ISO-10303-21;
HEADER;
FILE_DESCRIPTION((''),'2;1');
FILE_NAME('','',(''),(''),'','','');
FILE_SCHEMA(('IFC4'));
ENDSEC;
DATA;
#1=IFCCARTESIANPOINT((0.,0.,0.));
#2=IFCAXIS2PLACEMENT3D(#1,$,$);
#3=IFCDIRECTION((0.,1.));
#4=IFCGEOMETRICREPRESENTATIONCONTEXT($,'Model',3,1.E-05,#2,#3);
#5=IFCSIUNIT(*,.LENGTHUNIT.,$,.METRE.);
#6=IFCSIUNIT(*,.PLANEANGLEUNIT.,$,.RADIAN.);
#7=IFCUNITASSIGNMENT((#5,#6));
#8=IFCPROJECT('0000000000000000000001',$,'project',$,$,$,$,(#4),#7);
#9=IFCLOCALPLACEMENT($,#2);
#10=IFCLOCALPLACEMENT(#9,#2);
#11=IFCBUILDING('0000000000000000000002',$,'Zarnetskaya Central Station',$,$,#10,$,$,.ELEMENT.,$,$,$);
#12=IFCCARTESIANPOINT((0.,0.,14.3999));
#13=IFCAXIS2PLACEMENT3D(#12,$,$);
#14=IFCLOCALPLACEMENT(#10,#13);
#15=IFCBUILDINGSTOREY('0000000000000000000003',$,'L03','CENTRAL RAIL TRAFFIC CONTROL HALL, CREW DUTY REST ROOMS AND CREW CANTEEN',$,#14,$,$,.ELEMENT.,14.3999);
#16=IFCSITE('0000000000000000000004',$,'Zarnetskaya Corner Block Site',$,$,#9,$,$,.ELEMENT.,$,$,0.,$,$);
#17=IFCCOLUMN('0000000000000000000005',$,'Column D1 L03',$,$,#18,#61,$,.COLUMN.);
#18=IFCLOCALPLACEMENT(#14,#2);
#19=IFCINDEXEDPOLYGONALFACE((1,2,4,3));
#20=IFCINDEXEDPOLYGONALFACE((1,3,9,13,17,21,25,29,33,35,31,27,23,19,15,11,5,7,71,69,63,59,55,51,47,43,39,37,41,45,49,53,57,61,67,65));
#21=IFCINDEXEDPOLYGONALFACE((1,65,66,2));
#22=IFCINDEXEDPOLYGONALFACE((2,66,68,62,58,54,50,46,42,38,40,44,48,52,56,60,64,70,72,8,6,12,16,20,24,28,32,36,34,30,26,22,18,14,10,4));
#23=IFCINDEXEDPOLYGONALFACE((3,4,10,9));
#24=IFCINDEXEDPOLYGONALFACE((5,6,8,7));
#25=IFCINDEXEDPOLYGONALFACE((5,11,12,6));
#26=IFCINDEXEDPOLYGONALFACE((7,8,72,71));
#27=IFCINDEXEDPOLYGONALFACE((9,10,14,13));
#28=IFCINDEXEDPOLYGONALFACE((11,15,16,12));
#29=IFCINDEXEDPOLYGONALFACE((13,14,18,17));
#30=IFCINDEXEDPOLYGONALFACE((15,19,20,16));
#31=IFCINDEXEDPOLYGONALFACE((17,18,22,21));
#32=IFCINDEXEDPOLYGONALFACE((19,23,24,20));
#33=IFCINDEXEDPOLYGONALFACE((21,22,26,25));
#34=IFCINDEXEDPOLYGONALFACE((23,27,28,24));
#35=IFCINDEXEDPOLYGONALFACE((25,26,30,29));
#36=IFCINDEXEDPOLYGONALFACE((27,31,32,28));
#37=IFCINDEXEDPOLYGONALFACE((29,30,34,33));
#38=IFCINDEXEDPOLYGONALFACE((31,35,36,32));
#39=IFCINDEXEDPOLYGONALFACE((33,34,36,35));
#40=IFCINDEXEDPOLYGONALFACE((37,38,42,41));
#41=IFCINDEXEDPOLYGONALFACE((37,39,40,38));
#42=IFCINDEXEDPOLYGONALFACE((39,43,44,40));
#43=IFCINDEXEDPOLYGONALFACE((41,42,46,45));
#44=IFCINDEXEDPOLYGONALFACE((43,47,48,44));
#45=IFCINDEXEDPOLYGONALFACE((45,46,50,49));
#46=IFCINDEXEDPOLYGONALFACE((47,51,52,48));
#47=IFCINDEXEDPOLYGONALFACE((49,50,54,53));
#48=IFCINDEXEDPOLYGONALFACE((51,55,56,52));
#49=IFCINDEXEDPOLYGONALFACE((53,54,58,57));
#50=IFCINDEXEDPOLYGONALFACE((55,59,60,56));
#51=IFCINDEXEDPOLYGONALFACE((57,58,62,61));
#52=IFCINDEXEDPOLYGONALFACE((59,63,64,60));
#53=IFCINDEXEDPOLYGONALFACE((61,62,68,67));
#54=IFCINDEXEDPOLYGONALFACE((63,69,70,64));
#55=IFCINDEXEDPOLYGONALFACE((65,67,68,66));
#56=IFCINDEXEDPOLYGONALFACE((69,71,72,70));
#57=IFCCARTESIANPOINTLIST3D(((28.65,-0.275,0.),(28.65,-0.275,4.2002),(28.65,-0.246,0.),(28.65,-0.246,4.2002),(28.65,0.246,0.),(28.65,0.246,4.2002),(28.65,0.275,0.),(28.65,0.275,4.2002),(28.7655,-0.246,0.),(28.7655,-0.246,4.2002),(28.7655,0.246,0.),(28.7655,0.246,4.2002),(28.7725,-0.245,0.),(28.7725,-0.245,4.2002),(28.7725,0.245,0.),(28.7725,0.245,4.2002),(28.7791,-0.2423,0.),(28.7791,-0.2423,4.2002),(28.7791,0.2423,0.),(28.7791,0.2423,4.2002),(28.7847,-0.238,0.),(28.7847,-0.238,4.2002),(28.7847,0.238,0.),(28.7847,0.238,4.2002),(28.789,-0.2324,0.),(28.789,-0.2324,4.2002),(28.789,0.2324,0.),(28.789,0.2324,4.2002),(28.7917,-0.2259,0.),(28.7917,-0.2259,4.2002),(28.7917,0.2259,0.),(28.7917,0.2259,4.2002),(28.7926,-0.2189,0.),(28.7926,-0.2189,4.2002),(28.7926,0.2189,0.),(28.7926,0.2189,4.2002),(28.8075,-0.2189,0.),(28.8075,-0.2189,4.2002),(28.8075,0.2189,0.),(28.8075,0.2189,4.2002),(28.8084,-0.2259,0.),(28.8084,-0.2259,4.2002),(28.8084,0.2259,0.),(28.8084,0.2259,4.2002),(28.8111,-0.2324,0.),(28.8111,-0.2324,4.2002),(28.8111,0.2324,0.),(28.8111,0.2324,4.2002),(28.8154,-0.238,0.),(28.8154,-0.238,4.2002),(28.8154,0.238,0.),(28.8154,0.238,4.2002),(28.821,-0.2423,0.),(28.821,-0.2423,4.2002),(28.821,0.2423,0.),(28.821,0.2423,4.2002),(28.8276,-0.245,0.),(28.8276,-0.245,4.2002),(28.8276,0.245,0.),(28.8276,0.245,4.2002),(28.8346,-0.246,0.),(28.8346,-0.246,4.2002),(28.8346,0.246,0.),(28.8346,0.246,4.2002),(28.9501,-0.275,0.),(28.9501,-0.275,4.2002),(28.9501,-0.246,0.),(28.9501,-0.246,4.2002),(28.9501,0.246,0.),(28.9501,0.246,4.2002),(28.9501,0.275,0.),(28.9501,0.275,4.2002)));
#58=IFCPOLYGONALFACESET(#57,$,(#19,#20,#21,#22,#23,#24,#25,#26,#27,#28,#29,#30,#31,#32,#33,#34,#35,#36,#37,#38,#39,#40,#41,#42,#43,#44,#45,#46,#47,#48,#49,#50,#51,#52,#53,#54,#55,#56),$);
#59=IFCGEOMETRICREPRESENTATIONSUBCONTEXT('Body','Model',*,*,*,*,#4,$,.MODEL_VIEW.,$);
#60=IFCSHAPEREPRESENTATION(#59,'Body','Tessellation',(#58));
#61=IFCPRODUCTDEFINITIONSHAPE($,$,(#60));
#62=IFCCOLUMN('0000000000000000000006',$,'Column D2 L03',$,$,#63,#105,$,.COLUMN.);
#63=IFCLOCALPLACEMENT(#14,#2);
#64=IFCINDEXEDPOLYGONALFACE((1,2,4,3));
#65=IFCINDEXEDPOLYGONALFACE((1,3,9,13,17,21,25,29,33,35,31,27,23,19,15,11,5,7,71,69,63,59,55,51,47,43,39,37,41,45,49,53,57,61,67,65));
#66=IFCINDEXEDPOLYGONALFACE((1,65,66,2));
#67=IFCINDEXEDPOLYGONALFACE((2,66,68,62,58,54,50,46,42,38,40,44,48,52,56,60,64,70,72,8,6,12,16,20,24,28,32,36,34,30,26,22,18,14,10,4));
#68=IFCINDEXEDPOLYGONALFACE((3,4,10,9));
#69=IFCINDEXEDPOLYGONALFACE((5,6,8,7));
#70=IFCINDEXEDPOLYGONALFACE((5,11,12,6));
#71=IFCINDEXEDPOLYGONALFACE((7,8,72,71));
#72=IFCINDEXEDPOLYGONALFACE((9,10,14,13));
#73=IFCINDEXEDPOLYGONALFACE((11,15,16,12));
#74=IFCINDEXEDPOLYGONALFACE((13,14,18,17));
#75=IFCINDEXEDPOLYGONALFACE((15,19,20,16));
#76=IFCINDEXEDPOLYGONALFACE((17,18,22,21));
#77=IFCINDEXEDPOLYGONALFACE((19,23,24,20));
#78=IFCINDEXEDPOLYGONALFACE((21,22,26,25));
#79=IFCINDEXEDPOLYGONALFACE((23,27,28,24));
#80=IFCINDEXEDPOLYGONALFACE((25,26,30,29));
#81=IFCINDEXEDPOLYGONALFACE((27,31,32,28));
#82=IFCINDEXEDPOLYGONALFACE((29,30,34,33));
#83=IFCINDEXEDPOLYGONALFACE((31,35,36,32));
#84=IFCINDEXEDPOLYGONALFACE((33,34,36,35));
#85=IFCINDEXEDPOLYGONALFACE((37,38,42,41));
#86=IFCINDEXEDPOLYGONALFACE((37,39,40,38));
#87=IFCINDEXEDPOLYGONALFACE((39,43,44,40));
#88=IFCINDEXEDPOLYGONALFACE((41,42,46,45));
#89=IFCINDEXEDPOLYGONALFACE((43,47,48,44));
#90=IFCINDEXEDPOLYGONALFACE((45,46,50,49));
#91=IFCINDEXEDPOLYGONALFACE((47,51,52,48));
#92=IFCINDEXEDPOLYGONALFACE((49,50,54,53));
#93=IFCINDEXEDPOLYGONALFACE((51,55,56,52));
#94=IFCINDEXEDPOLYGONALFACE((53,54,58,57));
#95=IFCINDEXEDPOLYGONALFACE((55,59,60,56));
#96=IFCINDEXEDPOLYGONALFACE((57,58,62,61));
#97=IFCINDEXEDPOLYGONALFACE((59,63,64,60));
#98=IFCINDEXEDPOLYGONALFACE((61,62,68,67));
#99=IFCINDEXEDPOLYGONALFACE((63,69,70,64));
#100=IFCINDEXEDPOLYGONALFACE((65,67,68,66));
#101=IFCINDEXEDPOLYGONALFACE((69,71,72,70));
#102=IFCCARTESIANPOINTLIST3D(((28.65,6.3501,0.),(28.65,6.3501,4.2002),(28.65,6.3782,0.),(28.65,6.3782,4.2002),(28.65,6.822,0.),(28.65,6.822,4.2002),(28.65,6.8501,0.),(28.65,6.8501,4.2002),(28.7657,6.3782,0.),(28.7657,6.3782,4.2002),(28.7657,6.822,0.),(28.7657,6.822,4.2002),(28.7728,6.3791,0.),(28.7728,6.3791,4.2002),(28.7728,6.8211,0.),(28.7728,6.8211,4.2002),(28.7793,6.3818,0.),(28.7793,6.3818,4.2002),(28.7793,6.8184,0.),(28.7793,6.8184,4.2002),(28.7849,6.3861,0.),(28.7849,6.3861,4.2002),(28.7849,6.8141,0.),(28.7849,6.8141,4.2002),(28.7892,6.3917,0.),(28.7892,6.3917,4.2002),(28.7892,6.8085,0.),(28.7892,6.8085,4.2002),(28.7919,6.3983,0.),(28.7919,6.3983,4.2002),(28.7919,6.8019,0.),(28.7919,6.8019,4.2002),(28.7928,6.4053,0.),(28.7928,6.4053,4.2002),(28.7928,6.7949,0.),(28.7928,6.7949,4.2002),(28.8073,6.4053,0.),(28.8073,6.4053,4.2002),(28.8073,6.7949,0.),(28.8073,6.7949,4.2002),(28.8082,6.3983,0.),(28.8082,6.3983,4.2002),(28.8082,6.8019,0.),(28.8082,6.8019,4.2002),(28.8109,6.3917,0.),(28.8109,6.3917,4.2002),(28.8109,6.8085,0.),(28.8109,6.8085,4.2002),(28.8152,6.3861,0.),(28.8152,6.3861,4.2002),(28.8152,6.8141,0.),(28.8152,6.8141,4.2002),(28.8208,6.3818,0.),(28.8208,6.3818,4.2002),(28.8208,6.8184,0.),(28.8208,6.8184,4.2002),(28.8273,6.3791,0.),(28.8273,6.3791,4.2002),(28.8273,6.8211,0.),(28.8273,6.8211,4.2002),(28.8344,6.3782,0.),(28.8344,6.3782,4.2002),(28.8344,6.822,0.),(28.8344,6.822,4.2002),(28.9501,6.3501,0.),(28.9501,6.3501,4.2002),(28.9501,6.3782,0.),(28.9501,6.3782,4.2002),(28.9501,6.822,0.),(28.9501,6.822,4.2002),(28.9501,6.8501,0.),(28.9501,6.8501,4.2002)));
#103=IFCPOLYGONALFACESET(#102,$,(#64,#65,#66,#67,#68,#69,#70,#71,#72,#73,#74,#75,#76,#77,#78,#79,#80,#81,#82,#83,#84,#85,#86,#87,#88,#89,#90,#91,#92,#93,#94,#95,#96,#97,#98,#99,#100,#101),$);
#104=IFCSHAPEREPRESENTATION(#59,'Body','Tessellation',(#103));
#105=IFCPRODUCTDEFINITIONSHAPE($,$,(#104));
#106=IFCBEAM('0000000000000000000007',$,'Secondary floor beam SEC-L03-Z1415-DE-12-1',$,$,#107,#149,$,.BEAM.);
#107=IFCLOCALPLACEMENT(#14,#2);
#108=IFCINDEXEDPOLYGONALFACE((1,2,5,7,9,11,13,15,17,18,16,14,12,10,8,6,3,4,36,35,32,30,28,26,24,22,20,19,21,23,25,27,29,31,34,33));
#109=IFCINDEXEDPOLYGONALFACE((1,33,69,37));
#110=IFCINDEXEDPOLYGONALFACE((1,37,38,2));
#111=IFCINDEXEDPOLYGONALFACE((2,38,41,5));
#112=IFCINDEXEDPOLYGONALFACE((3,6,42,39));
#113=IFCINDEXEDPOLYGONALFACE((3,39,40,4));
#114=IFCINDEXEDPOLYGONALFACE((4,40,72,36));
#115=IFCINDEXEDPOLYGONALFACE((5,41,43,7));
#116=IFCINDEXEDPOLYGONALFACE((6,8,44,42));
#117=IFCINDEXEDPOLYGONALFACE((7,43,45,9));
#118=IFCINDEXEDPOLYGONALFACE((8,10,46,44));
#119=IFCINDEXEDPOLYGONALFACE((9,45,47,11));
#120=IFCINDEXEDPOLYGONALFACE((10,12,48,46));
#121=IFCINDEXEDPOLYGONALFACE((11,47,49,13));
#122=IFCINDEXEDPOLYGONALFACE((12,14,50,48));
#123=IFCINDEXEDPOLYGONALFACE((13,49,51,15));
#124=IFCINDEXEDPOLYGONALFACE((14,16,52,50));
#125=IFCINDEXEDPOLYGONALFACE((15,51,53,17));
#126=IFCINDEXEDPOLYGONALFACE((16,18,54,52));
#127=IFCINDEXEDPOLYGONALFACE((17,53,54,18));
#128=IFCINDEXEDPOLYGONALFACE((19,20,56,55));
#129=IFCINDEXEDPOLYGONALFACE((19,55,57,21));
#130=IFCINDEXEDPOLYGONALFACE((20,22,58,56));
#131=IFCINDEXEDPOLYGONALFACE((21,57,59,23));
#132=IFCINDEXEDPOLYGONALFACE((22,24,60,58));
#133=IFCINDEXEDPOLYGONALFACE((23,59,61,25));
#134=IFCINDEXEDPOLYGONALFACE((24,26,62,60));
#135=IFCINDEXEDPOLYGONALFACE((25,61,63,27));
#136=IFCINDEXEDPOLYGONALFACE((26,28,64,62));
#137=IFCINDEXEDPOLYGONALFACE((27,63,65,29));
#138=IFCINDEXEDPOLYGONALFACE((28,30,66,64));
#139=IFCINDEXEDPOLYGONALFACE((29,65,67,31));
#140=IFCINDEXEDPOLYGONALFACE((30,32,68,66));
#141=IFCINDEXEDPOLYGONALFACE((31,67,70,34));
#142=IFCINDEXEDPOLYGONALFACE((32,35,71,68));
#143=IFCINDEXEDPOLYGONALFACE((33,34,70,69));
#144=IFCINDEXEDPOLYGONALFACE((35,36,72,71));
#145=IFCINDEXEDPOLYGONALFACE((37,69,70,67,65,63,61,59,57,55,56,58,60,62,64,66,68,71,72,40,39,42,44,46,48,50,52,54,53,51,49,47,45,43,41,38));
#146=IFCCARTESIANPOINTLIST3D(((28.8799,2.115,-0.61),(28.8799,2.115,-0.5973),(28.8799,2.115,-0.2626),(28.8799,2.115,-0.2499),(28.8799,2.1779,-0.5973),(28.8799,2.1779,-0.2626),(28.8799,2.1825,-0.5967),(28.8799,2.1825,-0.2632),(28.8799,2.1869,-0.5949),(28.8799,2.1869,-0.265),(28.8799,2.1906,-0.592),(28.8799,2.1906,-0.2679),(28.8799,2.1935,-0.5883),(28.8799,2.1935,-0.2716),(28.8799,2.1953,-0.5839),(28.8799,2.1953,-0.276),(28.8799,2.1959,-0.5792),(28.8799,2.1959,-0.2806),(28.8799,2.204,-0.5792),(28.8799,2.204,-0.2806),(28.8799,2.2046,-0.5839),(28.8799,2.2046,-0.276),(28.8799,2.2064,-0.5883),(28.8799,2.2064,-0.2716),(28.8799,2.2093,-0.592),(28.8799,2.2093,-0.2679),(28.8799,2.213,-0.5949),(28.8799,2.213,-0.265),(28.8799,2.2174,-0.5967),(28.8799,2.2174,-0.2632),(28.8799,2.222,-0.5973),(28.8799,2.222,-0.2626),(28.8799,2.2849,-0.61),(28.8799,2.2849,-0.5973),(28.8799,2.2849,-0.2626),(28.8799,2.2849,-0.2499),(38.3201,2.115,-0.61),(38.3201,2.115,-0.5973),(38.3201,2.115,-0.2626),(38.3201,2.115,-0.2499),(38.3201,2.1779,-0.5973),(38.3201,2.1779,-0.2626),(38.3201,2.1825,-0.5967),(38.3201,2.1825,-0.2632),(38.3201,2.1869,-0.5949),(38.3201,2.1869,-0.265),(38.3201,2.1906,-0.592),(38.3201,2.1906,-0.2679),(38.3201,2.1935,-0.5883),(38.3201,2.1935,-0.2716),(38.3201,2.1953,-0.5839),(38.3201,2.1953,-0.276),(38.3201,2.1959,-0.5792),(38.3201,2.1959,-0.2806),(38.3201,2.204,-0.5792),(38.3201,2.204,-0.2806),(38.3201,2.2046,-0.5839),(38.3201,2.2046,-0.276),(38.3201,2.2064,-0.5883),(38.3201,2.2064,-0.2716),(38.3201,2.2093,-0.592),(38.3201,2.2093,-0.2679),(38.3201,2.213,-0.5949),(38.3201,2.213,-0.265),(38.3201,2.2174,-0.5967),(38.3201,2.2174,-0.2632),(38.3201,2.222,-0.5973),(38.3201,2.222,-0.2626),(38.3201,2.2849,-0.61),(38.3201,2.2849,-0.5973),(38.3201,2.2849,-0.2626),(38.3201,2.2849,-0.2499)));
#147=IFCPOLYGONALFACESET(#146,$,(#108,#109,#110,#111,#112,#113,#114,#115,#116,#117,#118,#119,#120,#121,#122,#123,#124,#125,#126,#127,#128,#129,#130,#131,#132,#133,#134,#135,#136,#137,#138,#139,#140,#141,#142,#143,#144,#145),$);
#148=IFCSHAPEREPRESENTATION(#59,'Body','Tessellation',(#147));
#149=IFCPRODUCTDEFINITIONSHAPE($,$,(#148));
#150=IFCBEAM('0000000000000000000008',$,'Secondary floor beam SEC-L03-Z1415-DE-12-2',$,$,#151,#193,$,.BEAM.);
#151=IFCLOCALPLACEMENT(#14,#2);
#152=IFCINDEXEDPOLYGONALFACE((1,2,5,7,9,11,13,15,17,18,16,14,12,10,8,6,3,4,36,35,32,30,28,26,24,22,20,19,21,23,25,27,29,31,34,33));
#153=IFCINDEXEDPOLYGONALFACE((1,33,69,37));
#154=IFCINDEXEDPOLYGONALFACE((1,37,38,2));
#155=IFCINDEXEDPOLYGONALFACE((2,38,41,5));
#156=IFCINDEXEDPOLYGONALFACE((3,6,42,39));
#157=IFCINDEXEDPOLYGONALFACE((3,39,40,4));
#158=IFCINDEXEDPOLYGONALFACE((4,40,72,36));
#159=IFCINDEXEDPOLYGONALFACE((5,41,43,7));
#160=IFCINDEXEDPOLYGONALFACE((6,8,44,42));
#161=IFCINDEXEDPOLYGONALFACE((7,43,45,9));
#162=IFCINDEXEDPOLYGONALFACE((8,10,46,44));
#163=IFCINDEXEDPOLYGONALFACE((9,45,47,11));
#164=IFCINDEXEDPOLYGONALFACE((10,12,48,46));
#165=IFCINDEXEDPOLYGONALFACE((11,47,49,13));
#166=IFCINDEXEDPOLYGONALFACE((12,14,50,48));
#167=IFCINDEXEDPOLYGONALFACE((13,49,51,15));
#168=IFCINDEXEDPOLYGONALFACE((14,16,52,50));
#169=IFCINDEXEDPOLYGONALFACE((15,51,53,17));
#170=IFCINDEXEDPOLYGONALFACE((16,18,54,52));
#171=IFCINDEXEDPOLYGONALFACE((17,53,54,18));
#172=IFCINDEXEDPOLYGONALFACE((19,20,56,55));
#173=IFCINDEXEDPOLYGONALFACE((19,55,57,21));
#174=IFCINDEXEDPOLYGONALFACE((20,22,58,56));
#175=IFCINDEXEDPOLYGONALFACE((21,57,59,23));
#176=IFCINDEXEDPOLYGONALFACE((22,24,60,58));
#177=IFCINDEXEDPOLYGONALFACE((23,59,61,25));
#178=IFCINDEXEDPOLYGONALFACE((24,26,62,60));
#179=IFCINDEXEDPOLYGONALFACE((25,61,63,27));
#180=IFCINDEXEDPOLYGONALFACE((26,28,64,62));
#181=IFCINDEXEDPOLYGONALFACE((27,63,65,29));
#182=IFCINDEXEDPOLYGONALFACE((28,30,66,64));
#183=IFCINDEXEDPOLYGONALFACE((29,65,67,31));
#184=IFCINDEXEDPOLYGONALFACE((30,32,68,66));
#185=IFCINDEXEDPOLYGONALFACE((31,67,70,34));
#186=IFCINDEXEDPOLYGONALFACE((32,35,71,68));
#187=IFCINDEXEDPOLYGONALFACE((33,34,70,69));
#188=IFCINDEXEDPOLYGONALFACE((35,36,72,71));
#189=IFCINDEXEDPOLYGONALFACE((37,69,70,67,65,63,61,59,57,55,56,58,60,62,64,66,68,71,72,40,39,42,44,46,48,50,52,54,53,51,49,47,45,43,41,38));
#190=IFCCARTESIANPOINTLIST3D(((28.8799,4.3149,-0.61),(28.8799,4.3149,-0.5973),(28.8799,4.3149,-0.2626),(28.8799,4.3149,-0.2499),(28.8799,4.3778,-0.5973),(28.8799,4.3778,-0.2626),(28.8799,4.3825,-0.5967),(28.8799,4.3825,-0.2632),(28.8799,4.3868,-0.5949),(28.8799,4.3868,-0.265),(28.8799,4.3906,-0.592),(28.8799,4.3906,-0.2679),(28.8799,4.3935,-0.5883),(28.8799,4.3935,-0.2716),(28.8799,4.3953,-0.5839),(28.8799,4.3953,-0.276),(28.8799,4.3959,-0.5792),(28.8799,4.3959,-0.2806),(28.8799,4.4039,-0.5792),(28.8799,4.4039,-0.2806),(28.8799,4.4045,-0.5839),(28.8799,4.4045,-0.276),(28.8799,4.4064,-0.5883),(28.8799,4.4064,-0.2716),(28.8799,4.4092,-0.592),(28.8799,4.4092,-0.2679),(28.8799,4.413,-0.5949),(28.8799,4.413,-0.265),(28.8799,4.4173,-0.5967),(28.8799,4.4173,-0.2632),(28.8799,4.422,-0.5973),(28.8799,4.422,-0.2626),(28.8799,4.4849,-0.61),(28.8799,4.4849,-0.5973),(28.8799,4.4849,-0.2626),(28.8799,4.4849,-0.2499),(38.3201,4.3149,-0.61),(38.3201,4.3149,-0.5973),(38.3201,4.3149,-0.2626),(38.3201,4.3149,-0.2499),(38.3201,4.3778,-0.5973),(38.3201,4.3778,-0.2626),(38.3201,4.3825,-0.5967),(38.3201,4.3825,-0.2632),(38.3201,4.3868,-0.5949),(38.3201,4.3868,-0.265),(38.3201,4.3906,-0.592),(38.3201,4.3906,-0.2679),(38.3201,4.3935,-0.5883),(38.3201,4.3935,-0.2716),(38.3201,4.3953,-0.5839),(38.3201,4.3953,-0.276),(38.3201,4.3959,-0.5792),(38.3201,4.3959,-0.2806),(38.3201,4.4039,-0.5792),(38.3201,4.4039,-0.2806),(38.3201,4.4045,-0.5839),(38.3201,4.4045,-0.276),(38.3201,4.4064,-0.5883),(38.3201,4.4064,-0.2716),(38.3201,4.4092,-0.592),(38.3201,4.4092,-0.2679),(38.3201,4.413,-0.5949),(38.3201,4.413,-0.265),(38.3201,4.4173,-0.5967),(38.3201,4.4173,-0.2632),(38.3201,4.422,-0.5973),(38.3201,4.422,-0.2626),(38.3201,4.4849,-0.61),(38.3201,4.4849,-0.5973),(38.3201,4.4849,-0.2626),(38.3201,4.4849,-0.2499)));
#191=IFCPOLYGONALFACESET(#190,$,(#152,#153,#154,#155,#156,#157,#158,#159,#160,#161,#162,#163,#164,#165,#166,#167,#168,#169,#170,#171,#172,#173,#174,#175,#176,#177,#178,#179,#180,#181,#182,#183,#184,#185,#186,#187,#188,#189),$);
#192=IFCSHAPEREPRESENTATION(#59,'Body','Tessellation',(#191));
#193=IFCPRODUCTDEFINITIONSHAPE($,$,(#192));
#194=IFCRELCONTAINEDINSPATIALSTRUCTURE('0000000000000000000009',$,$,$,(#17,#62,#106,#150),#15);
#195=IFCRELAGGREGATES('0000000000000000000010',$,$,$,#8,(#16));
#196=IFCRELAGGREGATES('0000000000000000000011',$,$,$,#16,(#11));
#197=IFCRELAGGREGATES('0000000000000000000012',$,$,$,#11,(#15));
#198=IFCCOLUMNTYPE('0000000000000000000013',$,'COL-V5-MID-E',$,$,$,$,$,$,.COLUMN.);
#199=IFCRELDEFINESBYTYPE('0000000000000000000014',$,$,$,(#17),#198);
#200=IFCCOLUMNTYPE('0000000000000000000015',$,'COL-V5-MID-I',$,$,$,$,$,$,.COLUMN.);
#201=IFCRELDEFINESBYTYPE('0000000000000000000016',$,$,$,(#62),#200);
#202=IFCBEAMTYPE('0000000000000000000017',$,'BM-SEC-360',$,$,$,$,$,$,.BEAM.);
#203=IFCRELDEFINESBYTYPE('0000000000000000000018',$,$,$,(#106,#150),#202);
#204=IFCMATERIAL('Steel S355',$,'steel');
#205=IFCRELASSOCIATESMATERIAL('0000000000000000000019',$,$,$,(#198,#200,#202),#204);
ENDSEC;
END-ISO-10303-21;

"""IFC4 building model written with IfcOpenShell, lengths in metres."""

from ifc_helpers import new_model, si_unit, direction, frame, origin, origin_2d, place, context, subcontext, project, spatial, i_section, extrude, material, material_profile, profile_set, type_object, element, save


model = new_model("IFC4")

# Units and contexts
model_context = context("Model", 3, precision=1e-05, world=origin(), true_north=direction((0.0, 1.0)))
body_context = subcontext(model_context, "Body", "Model", "MODEL_VIEW")
ifc_project = project(units=[si_unit("LENGTHUNIT", "METRE"), si_unit("PLANEANGLEUNIT", "RADIAN")], contexts=[model_context])

# Site, building, storey
site_placement = place(None, origin())
site = spatial("IfcSite", under=ifc_project, at=site_placement, Name="Zarnetskaya Corner Block Site", CompositionType="ELEMENT", RefElevation=0.0)
building_placement = place(site_placement, origin())
building = spatial("IfcBuilding", under=site, at=building_placement, Name="Zarnetskaya Central Station", CompositionType="ELEMENT")
storey_placement = place(building_placement, frame((0.0, 0.0, 14.3999)))
storey = spatial("IfcBuildingStorey", under=building, at=storey_placement, Name="L03", Description="CENTRAL RAIL TRAFFIC CONTROL HALL, CREW DUTY REST ROOMS AND CREW CANTEEN", CompositionType="ELEMENT", Elevation=14.3999)

# Columns
ifc_material_1 = material(Name="Steel S355", Category="steel")
ifc_material_profile_1 = material_profile(ifc_material_1, i_section(OverallWidth=0.3, OverallDepth=0.55, WebThickness=0.0149, FlangeThickness=0.0291, FilletRadius=0.0271, at=origin_2d()), Name="HEB 550")
ifc_profile_set_1 = profile_set([ifc_material_profile_1], Name="Steel S355")
column_type_1 = type_object("IfcColumnType", Name="COL-V5-MID-E", PredefinedType="COLUMN", material=ifc_profile_set_1)
column_1_placement = place(storey_placement, frame((28.8, 0.0, 0.0), z_axis=(0.0, 0.0, 1.0), x_axis=(1.0, 0.0, 0.0)))
element("IfcColumn", 1, at=column_1_placement, inside=storey, type_object=column_type_1, Name="Column D1 L03", PredefinedType="COLUMN", context=body_context, shape_type="SweptSolid", body=[
    extrude(i_section(OverallWidth=0.3, OverallDepth=0.55, WebThickness=0.0149, FlangeThickness=0.0291, FilletRadius=0.0271, at=origin_2d()), origin(), (0.0, 0.0, 1.0), 4.2002),
])
ifc_material_profile_2 = material_profile(ifc_material_1, i_section(OverallWidth=0.3, OverallDepth=0.5, WebThickness=0.0144, FlangeThickness=0.0281, FilletRadius=0.0271, at=origin_2d()), Name="HEB 500")
ifc_profile_set_2 = profile_set([ifc_material_profile_2], Name="Steel S355")
column_type_2 = type_object("IfcColumnType", Name="COL-V5-MID-I", PredefinedType="COLUMN", material=ifc_profile_set_2)
column_2_placement = place(storey_placement, frame((28.8, 6.6001, 0.0), z_axis=(0.0, 0.0, 1.0), x_axis=(1.0, 0.0, 0.0)))
element("IfcColumn", 2, at=column_2_placement, inside=storey, type_object=column_type_2, Name="Column D2 L03", PredefinedType="COLUMN", context=body_context, shape_type="SweptSolid", body=[
    extrude(i_section(OverallWidth=0.3, OverallDepth=0.5, WebThickness=0.0144, FlangeThickness=0.0281, FilletRadius=0.0271, at=origin_2d()), origin(), (0.0, 0.0, 1.0), 4.2002),
])

# Beams
ifc_material_profile_3 = material_profile(ifc_material_1, i_section(OverallWidth=0.1699, OverallDepth=0.3601, WebThickness=0.0081, FlangeThickness=0.0127, FilletRadius=0.0181, at=origin_2d()), Name="IPE 360")
ifc_profile_set_3 = profile_set([ifc_material_profile_3], Name="Steel S355")
beam_type_1 = type_object("IfcBeamType", Name="BM-SEC-360", PredefinedType="BEAM", material=ifc_profile_set_3)
for number, where, z_axis, x_axis, name in (
    (3, (28.8799, 2.2, -0.4299), (1.0, 0.0, 0.0), (0.0, 1.0, 0.0), "Secondary floor beam SEC-L03-Z1415-DE-12-1"),
    (4, (28.8799, 4.3999, -0.4299), (1.0, 0.0, 0.0), (0.0, 1.0, 0.0), "Secondary floor beam SEC-L03-Z1415-DE-12-2"),
):
    element("IfcBeam", number, at=place(storey_placement, frame(where, z_axis=z_axis, x_axis=x_axis)), inside=storey, type_object=beam_type_1, Name=name, PredefinedType="BEAM", context=body_context, shape_type="SweptSolid", body=[
        extrude(i_section(OverallWidth=0.1699, OverallDepth=0.3601, WebThickness=0.0081, FlangeThickness=0.0127, FilletRadius=0.0181, at=origin_2d()), origin(), (0.0, 0.0, 1.0), 9.4402),
    ])

save(model, "model.ifc")
